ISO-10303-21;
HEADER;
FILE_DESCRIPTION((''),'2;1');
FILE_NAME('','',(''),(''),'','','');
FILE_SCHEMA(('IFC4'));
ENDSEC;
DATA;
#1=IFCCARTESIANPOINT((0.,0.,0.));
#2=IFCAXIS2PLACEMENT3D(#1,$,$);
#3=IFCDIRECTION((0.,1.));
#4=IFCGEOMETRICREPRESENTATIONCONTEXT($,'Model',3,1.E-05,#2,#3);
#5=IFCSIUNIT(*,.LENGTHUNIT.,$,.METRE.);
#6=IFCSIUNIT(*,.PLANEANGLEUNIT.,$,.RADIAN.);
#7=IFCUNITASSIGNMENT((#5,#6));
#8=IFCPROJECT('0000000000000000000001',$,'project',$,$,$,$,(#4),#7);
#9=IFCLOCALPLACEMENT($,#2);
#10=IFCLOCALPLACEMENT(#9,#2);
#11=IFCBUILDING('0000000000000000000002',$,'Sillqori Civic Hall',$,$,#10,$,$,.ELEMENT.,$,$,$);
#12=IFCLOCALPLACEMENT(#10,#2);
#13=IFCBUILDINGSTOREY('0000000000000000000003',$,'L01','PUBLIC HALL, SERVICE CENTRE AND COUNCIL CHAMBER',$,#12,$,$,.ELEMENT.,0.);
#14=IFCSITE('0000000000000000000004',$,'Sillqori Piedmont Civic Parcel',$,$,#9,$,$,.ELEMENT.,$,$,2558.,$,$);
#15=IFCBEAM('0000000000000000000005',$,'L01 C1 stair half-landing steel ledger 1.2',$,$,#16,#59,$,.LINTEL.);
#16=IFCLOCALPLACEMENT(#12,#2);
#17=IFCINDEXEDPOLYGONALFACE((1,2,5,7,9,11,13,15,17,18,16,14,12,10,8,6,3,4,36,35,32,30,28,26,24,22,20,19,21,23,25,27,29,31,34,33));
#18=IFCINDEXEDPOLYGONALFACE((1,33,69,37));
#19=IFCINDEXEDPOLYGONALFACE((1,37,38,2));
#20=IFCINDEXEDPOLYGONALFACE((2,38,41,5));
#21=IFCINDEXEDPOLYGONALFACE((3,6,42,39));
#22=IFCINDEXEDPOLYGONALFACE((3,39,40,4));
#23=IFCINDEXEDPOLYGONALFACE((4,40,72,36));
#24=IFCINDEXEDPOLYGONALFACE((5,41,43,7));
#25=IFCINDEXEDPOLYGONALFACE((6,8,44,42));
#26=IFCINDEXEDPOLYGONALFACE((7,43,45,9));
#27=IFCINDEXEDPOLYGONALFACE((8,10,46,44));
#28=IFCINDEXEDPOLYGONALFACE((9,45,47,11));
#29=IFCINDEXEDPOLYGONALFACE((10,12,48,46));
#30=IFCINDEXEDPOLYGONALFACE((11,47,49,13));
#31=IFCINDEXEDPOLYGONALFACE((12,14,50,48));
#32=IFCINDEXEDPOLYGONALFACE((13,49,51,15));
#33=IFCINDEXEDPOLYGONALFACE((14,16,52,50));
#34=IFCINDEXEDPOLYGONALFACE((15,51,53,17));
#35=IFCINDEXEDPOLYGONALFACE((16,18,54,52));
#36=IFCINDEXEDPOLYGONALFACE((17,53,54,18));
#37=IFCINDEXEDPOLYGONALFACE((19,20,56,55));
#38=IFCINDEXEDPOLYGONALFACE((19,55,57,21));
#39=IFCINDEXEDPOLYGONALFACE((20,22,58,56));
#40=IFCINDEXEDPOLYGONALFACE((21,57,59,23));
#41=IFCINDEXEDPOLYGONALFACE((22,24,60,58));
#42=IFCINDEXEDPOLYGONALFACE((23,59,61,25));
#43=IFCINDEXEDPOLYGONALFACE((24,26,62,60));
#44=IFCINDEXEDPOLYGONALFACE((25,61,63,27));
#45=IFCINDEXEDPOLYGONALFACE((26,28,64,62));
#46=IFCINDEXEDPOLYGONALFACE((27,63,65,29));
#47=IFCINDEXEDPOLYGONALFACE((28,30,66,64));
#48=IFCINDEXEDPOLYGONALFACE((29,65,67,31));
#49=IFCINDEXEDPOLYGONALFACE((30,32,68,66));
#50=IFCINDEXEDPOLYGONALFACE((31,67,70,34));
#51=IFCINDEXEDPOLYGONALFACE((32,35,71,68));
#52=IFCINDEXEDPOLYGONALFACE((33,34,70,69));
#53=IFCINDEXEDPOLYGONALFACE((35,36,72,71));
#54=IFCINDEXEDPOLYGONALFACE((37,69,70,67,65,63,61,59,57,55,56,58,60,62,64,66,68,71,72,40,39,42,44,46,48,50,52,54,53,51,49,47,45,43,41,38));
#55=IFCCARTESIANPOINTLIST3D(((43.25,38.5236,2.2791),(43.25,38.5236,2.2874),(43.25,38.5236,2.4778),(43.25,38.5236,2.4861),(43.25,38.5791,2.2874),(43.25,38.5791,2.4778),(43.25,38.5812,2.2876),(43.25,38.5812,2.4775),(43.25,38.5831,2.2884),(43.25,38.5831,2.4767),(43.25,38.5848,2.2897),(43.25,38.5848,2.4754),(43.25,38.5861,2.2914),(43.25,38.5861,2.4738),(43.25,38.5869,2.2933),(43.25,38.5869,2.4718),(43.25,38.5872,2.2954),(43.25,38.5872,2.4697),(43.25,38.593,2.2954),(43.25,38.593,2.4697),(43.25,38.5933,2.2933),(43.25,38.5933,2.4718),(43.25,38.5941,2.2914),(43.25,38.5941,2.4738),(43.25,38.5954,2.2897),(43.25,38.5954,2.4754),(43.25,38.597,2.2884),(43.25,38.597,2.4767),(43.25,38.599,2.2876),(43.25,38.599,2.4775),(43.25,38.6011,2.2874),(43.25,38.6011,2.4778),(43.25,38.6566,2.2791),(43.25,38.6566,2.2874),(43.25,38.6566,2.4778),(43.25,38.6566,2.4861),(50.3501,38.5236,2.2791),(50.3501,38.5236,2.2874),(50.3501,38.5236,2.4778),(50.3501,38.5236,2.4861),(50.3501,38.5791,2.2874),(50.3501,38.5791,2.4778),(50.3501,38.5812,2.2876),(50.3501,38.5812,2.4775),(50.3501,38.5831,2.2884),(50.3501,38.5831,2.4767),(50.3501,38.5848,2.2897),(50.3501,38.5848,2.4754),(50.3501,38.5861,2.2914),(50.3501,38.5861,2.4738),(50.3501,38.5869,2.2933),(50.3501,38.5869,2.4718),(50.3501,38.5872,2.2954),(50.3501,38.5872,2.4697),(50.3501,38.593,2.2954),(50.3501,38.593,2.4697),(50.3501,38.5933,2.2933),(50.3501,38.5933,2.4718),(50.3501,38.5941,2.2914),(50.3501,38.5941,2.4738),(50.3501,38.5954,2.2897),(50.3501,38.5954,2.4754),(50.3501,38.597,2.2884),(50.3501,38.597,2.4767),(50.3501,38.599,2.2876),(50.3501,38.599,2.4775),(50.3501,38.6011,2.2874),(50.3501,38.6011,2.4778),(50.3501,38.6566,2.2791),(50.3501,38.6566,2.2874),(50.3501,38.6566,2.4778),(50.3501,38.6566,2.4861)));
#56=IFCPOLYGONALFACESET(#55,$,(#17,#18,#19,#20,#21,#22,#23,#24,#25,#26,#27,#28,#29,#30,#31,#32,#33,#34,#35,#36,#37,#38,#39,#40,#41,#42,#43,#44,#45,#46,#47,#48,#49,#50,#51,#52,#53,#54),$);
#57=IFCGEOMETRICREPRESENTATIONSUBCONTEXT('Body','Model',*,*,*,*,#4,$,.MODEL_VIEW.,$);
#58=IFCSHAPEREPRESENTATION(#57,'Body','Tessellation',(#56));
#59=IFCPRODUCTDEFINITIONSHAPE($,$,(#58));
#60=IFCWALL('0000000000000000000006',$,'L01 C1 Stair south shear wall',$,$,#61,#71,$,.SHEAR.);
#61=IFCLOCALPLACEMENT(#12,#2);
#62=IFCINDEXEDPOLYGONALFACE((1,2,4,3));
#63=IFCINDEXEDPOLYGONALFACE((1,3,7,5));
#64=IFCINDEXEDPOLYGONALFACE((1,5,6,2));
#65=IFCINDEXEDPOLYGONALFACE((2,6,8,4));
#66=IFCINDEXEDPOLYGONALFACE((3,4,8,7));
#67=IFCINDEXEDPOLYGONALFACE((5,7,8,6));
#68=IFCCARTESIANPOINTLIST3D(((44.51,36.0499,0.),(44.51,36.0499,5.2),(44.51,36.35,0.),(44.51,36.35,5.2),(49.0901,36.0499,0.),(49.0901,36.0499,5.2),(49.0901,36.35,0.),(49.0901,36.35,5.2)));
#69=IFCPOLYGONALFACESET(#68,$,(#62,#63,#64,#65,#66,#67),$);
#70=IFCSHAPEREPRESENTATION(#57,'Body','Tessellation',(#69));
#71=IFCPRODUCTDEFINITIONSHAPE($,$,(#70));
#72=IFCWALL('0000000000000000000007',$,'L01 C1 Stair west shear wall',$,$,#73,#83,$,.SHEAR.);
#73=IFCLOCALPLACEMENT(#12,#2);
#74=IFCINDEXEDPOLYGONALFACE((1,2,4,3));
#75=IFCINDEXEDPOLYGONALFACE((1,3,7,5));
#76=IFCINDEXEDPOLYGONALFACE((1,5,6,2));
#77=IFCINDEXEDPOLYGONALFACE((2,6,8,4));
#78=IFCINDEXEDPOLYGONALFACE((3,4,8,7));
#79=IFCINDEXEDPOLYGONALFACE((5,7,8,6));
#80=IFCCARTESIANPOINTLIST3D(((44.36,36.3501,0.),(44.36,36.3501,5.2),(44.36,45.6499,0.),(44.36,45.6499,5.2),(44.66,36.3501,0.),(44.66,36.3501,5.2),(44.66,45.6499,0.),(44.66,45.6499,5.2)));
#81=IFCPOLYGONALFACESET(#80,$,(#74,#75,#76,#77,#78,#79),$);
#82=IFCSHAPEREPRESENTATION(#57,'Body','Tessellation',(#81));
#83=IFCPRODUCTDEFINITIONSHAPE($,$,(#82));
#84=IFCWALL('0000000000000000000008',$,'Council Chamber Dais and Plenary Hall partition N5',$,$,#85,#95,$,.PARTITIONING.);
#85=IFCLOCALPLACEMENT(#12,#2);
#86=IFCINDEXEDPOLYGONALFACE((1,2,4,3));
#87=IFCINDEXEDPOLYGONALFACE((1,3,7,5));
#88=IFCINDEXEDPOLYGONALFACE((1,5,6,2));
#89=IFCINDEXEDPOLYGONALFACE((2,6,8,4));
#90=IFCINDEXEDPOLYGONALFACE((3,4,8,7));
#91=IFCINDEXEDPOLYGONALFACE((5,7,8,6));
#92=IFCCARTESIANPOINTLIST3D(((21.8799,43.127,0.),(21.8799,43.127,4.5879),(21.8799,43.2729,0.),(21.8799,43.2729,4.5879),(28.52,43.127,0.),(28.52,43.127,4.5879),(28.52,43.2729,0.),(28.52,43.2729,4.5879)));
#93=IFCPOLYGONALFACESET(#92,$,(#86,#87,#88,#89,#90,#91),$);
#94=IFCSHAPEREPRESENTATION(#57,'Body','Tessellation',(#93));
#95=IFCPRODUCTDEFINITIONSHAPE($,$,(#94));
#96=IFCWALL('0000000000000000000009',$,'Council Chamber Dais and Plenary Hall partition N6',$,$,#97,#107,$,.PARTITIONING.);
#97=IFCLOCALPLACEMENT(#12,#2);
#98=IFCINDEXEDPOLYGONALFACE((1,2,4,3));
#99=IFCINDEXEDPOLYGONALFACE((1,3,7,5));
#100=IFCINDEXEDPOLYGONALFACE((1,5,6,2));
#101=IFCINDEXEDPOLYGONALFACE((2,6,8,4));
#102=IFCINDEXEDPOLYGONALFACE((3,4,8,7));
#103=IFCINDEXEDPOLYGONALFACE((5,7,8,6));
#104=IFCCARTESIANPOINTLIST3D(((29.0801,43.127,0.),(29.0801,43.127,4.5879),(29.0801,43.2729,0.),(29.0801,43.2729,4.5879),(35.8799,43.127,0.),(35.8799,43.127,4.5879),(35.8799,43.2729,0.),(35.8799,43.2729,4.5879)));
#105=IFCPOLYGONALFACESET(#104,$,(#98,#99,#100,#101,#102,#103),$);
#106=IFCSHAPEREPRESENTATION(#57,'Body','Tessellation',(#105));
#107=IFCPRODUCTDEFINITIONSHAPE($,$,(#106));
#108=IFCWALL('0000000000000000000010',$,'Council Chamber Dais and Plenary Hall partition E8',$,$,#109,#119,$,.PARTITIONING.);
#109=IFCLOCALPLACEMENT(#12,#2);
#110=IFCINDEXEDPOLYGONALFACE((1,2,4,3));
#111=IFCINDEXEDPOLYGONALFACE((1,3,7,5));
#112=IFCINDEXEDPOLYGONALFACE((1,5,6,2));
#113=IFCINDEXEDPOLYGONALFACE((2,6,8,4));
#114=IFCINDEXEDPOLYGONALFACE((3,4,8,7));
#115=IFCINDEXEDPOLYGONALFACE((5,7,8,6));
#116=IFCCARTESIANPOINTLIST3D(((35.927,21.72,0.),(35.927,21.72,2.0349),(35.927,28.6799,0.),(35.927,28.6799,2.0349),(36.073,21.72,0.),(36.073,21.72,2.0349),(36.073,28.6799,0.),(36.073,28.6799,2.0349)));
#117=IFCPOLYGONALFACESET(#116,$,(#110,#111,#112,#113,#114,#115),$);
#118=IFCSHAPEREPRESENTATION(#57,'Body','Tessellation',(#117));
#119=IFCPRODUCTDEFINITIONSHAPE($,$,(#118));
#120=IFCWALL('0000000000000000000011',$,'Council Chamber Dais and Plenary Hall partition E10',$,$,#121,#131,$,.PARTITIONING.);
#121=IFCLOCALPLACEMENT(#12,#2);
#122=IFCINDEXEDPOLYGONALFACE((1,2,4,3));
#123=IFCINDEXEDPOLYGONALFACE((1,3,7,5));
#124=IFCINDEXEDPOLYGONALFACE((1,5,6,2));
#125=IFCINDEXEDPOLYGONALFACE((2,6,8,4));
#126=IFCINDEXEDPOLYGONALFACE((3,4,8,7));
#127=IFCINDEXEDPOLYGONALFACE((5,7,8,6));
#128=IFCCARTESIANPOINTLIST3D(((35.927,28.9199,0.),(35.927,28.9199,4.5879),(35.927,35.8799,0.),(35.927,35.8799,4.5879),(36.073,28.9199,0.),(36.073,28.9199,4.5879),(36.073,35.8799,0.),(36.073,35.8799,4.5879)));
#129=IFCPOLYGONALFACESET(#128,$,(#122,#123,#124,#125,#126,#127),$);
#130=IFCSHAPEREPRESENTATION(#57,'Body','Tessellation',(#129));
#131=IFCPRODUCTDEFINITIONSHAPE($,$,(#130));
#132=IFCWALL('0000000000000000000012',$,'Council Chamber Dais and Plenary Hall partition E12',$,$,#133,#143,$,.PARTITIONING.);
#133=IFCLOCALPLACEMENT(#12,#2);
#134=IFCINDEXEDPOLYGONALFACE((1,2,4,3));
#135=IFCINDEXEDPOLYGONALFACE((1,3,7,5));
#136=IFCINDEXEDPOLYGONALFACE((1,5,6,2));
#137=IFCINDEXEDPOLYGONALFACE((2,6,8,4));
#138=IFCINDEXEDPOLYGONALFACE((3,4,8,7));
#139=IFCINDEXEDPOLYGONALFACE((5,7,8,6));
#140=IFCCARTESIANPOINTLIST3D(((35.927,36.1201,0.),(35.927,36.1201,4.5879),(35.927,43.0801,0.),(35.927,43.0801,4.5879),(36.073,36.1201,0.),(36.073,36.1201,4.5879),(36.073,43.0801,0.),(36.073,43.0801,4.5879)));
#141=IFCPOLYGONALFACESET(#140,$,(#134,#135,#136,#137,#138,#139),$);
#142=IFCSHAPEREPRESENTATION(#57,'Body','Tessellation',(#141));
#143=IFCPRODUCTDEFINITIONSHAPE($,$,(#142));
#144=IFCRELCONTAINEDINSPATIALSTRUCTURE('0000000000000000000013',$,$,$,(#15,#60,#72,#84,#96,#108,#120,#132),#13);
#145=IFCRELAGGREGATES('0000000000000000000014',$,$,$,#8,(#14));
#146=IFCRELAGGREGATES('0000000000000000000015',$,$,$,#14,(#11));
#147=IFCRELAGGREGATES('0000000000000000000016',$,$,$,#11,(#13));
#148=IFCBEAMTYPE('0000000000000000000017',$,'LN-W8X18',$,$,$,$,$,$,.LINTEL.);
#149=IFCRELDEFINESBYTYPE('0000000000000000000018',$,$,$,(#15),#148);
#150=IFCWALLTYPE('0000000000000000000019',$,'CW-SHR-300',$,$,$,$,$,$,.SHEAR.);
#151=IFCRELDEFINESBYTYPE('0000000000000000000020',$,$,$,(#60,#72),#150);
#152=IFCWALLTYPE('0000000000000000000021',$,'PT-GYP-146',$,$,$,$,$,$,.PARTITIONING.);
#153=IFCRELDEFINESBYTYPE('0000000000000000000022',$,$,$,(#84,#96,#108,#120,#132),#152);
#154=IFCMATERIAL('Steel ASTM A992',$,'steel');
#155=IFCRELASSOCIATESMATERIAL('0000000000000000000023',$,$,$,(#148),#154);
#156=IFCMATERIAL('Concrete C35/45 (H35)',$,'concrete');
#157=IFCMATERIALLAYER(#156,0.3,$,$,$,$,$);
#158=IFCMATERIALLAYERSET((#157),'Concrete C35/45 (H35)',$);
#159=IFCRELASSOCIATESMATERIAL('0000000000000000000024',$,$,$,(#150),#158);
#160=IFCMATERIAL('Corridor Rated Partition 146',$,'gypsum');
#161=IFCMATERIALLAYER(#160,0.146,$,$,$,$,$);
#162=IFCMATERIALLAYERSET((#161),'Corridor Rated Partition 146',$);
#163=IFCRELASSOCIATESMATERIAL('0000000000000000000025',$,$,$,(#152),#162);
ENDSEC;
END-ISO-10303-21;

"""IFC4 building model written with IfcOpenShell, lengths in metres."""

from ifc_helpers import new_model, si_unit, direction, frame, frame_2d, origin, origin_2d, place, context, subcontext, project, spatial, rectangle, i_section, extrude, material, layer, layer_set, material_profile, profile_set, type_object, element, save


model = new_model("IFC4")

# Units and contexts
model_context = context("Model", 3, precision=1e-05, world=origin(), true_north=direction((0.0, 1.0)))
body_context = subcontext(model_context, "Body", "Model", "MODEL_VIEW")
ifc_project = project(units=[si_unit("LENGTHUNIT", "METRE"), si_unit("PLANEANGLEUNIT", "RADIAN")], contexts=[model_context])

# Site, building, storey
site_placement = place(None, origin())
site = spatial("IfcSite", under=ifc_project, at=site_placement, Name="Sillqori Piedmont Civic Parcel", CompositionType="ELEMENT", RefElevation=2558.0)
building_placement = place(site_placement, origin())
building = spatial("IfcBuilding", under=site, at=building_placement, Name="Sillqori Civic Hall", CompositionType="ELEMENT")
storey_placement = place(building_placement, origin())
storey = spatial("IfcBuildingStorey", under=building, at=storey_placement, Name="L01", Description="PUBLIC HALL, SERVICE CENTRE AND COUNCIL CHAMBER", CompositionType="ELEMENT", Elevation=0.0)

# Shared definitions
ifc_material_1 = material(Name="Concrete C35/45 (H35)", Category="concrete")
ifc_material_2 = material(Name="Steel ASTM A992", Category="steel")

# Beam
ifc_material_profile_1 = material_profile(ifc_material_2, i_section(OverallWidth=0.1331, OverallDepth=0.207, WebThickness=0.0059, FlangeThickness=0.0083, FilletRadius=0.0081, at=origin_2d()), Name="W8X18")
ifc_profile_set_1 = profile_set([ifc_material_profile_1], Name="Steel ASTM A992")
beam_type_1 = type_object("IfcBeamType", Name="LN-W8X18", PredefinedType="LINTEL", material=ifc_profile_set_1)
for number, where, z_axis, x_axis, name in (
    (1, (43.25, 38.5901, 2.3826), (1.0, 0.0, 0.0), (0.0, 1.0, 0.0), "L01 C1 stair half-landing steel ledger 1.2"),
):
    element("IfcBeam", number, at=place(storey_placement, frame(where, z_axis=z_axis, x_axis=x_axis)), inside=storey, type_object=beam_type_1, Name=name, PredefinedType="LINTEL", context=body_context, shape_type="SweptSolid", body=[
        extrude(i_section(OverallWidth=0.1331, OverallDepth=0.207, WebThickness=0.0059, FlangeThickness=0.0083, FilletRadius=0.0081, at=origin_2d()), origin(), (0.0, 0.0, 1.0), 7.1001),
    ])

# Walls
ifc_layer_1 = layer(ifc_material_1, 0.3)
ifc_layer_set_1 = layer_set([ifc_layer_1], Name="Concrete C35/45 (H35)")
wall_type_1 = type_object("IfcWallType", Name="CW-SHR-300", PredefinedType="SHEAR", material=ifc_layer_set_1)
wall_1_placement = place(storey_placement, frame((44.51, 36.2, 0.0), z_axis=(0.0, 0.0, 1.0), x_axis=(1.0, 0.0, 0.0)))
element("IfcWall", 2, at=wall_1_placement, inside=storey, type_object=wall_type_1, Name="L01 C1 Stair south shear wall", PredefinedType="SHEAR", context=body_context, shape_type="SweptSolid", body=[
    extrude(rectangle(XDim=4.5801, YDim=0.3, at=frame_2d((2.29, 0.0))), origin(), (0.0, 0.0, 1.0), 5.2),
])
wall_2_placement = place(storey_placement, frame((44.51, 36.3501, 0.0), z_axis=(0.0, 0.0, 1.0), x_axis=(0.0, 1.0, 0.0)))
element("IfcWall", 3, at=wall_2_placement, inside=storey, type_object=wall_type_1, Name="L01 C1 Stair west shear wall", PredefinedType="SHEAR", context=body_context, shape_type="SweptSolid", body=[
    extrude(rectangle(XDim=9.2998, YDim=0.3, at=frame_2d((4.6499, 0.0))), origin(), (0.0, 0.0, 1.0), 5.2),
])
ifc_material_3 = material(Name="Corridor Rated Partition 146", Category="gypsum")
ifc_layer_2 = layer(ifc_material_3, 0.146)
ifc_layer_set_2 = layer_set([ifc_layer_2], Name="Corridor Rated Partition 146")
wall_type_2 = type_object("IfcWallType", Name="PT-GYP-146", PredefinedType="PARTITIONING", material=ifc_layer_set_2)
wall_3_placement = place(storey_placement, frame((21.8799, 43.2, 0.0), z_axis=(0.0, 0.0, 1.0), x_axis=(1.0, 0.0, 0.0)))
element("IfcWall", 4, at=wall_3_placement, inside=storey, type_object=wall_type_2, Name="Council Chamber Dais and Plenary Hall partition N5", PredefinedType="PARTITIONING", context=body_context, shape_type="SweptSolid", body=[
    extrude(rectangle(XDim=6.6401, YDim=0.146, at=frame_2d((3.3201, 0.0))), origin(), (0.0, 0.0, 1.0), 4.5879),
])
wall_4_placement = place(storey_placement, frame((29.0801, 43.2, 0.0), z_axis=(0.0, 0.0, 1.0), x_axis=(1.0, 0.0, 0.0)))
element("IfcWall", 5, at=wall_4_placement, inside=storey, type_object=wall_type_2, Name="Council Chamber Dais and Plenary Hall partition N6", PredefinedType="PARTITIONING", context=body_context, shape_type="SweptSolid", body=[
    extrude(rectangle(XDim=6.7998, YDim=0.146, at=frame_2d((3.3999, 0.0))), origin(), (0.0, 0.0, 1.0), 4.5879),
])
wall_5_placement = place(storey_placement, frame((36.0, 28.6799, 0.0), z_axis=(0.0, 0.0, 1.0), x_axis=(0.0, -1.0, 0.0)))
element("IfcWall", 6, at=wall_5_placement, inside=storey, type_object=wall_type_2, Name="Council Chamber Dais and Plenary Hall partition E8", PredefinedType="PARTITIONING", context=body_context, shape_type="SweptSolid", body=[
    extrude(rectangle(XDim=6.96, YDim=0.146, at=frame_2d((3.48, 0.0))), origin(), (0.0, 0.0, 1.0), 2.0349),
])
for number, where, z_axis, x_axis, name in (
    (7, (36.0, 35.8799, 0.0), (0.0, 0.0, 1.0), (0.0, -1.0, 0.0), "Council Chamber Dais and Plenary Hall partition E10"),
    (8, (36.0, 43.0801, 0.0), (0.0, 0.0, 1.0), (0.0, -1.0, 0.0), "Council Chamber Dais and Plenary Hall partition E12"),
):
    element("IfcWall", number, at=place(storey_placement, frame(where, z_axis=z_axis, x_axis=x_axis)), inside=storey, type_object=wall_type_2, Name=name, PredefinedType="PARTITIONING", context=body_context, shape_type="SweptSolid", body=[
        extrude(rectangle(XDim=6.96, YDim=0.146, at=frame_2d((3.48, 0.0))), origin(), (0.0, 0.0, 1.0), 4.5879),
    ])

save(model, "model.ifc")
